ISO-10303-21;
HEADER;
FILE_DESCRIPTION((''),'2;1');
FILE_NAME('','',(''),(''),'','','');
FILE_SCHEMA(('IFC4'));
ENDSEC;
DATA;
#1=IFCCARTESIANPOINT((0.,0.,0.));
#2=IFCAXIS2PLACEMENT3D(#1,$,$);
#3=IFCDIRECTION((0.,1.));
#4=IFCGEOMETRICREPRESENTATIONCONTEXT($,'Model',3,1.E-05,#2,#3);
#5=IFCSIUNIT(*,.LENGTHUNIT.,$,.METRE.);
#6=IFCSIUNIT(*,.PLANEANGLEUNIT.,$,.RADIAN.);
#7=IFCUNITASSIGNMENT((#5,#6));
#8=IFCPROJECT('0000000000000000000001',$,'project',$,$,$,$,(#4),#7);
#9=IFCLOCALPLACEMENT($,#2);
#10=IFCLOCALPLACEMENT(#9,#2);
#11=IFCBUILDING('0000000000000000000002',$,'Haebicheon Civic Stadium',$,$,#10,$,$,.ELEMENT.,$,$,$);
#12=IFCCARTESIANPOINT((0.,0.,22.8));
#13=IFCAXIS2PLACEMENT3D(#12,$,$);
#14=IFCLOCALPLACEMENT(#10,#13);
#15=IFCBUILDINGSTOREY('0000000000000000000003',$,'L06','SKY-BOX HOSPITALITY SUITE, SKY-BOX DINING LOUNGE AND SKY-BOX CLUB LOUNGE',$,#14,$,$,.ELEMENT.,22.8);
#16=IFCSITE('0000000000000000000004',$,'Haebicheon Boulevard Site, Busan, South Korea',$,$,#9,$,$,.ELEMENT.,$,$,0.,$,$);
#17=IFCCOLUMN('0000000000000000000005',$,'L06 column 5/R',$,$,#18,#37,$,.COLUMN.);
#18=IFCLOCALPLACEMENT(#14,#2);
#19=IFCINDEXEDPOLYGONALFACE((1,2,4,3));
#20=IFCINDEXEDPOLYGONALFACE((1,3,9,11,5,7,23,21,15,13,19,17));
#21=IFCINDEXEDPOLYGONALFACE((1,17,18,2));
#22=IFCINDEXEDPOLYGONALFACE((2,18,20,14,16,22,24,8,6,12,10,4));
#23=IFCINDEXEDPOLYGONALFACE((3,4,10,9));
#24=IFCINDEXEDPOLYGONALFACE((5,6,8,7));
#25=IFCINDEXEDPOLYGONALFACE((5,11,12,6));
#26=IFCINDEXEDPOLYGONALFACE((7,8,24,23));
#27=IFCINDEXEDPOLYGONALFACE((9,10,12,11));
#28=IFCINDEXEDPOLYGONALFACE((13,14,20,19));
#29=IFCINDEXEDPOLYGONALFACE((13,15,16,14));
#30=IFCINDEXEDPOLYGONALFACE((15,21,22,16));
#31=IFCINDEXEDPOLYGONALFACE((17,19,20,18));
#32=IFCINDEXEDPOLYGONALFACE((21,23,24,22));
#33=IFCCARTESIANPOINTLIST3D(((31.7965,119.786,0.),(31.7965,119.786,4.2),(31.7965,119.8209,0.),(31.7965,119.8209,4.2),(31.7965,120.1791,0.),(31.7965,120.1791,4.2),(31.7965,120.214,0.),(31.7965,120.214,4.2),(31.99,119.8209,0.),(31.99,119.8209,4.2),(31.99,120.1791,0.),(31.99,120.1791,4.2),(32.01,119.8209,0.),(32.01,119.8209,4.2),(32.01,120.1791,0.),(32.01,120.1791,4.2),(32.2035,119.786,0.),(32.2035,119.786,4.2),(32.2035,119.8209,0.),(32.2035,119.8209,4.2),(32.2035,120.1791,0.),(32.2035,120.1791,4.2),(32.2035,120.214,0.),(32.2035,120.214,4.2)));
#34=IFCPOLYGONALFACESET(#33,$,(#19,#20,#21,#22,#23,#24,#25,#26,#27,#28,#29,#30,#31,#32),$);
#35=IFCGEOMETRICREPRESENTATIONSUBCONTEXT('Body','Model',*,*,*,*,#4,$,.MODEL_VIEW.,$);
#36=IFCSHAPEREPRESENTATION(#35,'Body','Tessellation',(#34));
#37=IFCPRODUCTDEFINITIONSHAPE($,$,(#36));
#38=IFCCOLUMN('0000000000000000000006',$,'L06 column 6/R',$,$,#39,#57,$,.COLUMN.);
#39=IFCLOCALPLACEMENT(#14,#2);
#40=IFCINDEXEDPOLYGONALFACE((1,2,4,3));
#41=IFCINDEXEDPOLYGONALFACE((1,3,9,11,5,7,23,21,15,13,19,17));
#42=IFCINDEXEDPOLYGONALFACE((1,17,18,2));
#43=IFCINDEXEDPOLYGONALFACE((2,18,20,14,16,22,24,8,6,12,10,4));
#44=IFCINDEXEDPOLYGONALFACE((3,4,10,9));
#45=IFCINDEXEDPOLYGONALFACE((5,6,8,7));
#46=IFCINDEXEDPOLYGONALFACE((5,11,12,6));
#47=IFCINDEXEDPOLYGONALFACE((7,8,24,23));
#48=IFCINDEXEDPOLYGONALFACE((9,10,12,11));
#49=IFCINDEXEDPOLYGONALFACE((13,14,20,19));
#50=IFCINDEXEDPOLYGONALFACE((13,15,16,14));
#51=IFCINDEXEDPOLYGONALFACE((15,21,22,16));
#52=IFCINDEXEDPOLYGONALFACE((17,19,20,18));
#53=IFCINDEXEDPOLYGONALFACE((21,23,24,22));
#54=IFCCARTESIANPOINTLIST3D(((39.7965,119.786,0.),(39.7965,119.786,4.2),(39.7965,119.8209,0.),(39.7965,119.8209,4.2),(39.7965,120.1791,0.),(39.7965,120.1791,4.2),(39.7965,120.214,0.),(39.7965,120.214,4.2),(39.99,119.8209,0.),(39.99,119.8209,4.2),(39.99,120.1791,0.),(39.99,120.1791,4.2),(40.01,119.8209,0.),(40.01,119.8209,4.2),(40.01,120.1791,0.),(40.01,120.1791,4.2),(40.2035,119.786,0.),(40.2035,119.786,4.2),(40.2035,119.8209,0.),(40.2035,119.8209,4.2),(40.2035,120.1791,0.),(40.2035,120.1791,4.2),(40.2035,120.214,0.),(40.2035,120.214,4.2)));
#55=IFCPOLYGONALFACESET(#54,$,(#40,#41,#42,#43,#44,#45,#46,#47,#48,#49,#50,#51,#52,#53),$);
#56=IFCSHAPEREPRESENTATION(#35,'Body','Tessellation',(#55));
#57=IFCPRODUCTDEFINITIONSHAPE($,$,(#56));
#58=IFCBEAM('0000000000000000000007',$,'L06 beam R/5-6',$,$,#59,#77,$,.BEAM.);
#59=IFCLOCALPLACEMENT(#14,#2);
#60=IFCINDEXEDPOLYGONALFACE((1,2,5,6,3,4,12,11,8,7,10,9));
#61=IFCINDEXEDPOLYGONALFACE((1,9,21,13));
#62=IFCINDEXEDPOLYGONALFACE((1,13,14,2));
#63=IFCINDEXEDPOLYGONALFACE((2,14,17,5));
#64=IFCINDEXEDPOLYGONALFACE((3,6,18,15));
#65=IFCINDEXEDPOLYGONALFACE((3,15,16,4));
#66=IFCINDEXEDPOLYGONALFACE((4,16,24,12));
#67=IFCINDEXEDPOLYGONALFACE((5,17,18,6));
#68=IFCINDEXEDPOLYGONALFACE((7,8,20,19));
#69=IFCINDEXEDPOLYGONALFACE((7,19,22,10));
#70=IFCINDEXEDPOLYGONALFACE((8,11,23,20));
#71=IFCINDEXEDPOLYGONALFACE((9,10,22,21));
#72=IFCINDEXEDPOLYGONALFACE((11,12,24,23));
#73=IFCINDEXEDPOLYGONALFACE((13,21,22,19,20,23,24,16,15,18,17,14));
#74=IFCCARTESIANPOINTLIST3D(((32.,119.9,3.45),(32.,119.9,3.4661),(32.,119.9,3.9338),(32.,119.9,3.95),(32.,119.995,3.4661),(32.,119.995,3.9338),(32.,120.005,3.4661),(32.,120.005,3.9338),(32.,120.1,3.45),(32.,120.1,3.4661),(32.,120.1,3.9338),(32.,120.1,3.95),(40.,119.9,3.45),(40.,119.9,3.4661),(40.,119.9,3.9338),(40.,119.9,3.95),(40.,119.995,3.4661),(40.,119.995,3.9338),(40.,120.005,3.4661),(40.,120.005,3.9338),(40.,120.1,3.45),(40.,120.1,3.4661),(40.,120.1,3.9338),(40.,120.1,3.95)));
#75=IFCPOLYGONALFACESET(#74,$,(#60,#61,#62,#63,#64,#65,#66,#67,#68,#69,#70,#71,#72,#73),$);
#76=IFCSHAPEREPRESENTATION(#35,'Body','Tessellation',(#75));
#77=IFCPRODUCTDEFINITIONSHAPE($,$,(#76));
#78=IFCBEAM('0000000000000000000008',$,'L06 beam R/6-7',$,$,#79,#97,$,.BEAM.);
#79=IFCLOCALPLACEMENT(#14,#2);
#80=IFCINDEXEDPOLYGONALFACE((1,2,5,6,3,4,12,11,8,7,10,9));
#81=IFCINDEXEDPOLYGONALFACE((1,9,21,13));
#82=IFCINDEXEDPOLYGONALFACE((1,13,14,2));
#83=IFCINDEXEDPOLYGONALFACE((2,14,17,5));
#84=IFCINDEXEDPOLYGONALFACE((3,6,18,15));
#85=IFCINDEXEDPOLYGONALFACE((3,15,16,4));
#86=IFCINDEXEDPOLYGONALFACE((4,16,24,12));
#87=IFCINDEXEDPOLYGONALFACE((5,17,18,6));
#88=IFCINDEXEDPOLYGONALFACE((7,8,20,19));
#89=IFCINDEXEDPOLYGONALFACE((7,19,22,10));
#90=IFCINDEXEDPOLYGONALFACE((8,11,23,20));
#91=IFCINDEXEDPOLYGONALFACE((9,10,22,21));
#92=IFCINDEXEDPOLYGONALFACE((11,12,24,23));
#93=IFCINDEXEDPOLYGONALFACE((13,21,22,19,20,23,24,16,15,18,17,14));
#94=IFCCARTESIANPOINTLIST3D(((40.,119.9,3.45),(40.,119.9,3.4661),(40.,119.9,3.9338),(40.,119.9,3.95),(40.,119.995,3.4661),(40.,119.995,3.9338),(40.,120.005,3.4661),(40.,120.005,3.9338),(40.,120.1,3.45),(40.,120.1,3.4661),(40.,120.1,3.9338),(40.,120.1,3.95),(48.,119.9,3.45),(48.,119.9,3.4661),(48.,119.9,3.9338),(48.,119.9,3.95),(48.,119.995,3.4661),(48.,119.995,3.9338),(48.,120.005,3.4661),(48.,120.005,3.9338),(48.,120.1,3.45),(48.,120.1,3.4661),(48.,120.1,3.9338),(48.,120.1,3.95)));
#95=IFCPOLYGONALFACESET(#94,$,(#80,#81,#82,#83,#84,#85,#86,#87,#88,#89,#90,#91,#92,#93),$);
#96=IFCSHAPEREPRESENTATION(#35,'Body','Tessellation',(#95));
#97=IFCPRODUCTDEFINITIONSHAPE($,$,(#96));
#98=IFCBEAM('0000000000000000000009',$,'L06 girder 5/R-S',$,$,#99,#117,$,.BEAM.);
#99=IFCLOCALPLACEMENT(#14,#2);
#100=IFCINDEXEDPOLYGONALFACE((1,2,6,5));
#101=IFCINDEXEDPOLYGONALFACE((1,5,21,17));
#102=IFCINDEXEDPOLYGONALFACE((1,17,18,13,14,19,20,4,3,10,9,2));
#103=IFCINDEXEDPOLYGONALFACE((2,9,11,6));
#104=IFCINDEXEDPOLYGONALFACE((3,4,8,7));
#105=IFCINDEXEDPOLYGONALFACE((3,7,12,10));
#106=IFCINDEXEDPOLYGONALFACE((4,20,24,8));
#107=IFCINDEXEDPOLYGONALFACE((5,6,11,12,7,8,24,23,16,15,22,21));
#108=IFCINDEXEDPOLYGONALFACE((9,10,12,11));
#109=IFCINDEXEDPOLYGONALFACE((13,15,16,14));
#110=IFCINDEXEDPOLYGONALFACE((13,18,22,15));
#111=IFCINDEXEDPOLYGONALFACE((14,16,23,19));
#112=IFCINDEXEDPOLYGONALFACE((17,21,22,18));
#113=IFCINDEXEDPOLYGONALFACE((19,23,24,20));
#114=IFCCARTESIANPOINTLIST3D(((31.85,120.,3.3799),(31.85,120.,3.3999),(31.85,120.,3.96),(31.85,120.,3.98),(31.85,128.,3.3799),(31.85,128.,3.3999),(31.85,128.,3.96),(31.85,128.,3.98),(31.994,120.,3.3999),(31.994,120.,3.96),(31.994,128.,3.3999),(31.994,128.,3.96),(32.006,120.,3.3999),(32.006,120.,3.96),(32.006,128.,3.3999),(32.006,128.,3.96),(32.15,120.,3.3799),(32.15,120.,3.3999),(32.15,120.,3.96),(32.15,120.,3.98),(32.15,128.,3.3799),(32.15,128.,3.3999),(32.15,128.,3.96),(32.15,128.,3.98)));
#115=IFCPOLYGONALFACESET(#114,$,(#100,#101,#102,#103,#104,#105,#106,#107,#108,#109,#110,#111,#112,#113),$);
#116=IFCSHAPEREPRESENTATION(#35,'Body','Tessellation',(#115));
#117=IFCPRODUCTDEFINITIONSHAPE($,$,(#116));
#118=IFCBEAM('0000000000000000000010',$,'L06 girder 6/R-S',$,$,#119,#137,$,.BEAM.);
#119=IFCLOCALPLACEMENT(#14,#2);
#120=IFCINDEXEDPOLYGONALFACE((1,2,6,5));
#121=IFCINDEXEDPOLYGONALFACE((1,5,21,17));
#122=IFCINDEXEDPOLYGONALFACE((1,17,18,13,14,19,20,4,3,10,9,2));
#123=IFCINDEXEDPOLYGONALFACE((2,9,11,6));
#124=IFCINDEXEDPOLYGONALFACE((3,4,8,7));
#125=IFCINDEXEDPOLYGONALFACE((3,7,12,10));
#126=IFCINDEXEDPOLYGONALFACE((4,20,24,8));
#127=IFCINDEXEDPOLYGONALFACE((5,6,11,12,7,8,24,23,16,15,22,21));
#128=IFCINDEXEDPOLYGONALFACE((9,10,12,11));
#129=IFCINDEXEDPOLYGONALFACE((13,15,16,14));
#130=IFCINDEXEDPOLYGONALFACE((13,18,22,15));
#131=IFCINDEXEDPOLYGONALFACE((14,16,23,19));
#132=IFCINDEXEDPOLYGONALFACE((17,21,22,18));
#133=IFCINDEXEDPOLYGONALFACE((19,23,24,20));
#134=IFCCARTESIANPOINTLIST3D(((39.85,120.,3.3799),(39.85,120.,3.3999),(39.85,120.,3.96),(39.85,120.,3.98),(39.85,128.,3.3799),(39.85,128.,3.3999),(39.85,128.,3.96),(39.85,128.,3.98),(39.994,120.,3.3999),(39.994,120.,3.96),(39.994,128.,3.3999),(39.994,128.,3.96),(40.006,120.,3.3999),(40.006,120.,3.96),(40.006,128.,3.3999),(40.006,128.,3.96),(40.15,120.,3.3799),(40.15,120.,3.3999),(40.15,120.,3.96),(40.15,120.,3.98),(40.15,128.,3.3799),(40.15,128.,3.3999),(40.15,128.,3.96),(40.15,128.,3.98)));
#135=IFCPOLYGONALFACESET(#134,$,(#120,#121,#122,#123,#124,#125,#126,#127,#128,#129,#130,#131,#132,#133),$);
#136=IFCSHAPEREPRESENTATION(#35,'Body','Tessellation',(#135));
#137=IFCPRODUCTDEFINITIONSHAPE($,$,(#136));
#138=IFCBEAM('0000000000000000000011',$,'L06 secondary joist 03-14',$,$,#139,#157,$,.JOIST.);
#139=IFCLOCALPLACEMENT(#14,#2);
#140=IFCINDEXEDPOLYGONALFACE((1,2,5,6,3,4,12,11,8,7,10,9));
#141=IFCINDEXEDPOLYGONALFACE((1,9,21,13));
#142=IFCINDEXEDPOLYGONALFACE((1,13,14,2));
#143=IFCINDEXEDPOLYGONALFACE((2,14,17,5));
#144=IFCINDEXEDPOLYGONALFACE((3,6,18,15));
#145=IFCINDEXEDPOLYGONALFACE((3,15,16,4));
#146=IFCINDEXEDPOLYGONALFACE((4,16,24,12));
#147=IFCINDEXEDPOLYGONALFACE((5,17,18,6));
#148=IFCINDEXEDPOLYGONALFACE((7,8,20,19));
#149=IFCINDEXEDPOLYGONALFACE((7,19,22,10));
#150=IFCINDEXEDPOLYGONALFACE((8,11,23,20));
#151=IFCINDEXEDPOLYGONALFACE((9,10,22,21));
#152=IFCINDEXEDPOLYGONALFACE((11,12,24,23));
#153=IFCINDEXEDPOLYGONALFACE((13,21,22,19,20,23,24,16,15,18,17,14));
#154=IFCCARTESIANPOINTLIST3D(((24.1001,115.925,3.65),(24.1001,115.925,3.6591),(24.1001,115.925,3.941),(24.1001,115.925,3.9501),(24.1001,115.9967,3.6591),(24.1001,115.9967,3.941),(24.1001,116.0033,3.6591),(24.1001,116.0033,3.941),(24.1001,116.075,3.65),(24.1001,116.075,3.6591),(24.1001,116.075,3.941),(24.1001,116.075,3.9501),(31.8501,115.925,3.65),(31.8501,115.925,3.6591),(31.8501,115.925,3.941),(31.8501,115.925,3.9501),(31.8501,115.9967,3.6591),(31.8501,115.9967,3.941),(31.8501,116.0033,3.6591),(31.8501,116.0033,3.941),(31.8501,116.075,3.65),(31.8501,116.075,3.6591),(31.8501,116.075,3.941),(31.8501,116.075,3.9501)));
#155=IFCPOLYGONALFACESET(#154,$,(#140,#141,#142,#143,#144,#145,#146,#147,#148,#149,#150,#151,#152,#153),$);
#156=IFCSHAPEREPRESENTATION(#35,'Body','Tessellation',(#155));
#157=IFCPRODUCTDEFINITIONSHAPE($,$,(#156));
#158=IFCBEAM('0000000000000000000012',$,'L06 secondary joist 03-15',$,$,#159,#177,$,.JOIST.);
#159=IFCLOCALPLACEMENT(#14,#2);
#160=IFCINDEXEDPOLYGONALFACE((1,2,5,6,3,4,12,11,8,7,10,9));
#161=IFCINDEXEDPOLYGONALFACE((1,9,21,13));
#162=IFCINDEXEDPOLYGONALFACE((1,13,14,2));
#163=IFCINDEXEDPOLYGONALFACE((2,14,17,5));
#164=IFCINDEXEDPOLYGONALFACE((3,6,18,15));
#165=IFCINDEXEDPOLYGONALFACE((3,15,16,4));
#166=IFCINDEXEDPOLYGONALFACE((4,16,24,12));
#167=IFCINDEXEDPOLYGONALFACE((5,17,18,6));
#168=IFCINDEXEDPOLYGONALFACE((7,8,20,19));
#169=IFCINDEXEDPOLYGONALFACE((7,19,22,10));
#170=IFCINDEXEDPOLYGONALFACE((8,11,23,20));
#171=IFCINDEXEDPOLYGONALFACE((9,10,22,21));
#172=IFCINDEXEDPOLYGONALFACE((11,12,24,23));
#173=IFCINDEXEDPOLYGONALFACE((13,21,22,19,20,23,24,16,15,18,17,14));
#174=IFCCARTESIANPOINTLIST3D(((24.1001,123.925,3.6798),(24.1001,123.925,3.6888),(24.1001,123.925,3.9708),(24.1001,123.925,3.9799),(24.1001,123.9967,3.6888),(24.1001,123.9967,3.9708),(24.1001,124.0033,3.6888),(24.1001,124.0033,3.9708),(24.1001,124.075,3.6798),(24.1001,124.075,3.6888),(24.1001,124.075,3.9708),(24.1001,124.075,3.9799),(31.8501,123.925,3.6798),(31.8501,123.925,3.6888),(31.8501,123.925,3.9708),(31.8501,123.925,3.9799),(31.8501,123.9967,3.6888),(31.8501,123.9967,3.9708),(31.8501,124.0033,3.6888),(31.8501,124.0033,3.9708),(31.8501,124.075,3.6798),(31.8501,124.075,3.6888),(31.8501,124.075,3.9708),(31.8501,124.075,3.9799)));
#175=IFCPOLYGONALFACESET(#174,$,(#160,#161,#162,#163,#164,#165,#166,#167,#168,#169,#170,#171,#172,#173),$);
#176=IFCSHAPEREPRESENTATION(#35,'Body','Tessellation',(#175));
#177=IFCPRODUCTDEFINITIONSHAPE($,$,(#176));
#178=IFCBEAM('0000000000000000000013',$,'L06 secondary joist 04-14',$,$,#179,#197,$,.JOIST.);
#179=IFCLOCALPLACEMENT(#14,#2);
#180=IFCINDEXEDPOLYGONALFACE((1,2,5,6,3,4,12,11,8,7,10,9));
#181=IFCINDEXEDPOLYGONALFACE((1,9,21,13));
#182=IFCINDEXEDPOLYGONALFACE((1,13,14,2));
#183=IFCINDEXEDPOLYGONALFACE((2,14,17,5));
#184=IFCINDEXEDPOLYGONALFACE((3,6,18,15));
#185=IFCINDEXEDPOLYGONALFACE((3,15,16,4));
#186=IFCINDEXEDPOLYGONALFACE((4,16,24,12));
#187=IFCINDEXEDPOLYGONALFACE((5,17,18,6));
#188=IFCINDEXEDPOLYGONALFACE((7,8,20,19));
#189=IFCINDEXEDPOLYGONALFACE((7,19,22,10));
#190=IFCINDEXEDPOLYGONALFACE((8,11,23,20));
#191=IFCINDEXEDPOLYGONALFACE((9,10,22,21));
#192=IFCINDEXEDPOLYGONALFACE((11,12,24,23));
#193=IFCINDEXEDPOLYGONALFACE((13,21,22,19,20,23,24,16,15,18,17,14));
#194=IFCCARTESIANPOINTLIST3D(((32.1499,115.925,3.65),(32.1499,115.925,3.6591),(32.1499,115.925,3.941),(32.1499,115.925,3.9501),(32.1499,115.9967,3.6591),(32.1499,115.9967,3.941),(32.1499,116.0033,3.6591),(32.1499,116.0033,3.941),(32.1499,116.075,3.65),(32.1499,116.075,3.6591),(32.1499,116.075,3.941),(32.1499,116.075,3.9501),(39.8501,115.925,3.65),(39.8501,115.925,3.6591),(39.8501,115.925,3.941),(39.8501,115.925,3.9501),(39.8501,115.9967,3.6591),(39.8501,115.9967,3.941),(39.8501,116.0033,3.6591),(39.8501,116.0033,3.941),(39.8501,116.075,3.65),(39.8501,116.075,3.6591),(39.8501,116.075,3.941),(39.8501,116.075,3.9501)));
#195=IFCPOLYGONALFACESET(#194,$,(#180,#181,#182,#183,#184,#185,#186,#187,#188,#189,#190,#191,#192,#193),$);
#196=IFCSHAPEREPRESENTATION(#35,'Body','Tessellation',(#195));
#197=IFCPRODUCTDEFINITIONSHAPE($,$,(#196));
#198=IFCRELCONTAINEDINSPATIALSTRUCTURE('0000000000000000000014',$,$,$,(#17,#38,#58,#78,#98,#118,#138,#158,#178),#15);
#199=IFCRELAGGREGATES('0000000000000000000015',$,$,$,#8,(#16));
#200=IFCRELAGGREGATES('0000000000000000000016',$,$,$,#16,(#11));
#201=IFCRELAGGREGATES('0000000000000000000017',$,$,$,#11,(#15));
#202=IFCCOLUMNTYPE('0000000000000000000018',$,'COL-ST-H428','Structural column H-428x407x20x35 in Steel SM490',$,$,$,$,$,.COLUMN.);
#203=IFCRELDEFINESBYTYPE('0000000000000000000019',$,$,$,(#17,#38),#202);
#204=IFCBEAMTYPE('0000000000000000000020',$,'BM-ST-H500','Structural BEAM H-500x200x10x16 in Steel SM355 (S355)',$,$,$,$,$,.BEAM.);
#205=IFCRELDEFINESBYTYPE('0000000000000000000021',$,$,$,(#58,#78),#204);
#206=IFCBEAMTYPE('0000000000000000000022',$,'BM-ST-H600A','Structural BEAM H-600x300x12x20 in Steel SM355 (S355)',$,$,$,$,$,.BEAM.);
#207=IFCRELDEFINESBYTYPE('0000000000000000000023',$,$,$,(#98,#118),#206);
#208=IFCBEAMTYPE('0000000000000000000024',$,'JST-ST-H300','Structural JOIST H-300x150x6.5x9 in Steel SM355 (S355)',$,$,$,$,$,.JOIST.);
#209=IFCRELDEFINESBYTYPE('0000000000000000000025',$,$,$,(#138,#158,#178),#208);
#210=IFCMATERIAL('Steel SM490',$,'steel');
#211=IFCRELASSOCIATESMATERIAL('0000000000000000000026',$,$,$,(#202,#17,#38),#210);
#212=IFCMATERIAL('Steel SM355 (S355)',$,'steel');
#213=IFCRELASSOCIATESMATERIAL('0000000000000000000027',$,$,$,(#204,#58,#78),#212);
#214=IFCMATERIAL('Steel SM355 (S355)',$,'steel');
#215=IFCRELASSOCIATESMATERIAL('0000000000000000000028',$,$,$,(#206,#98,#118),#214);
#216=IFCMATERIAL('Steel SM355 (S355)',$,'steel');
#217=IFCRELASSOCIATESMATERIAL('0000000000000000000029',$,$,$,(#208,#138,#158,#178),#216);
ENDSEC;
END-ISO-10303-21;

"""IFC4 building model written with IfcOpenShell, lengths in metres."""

from ifc_helpers import new_model, si_unit, direction, frame, origin, origin_2d, place, context, subcontext, project, spatial, i_section, extrude, material, material_profile, profile_set, type_object, element, save


model = new_model("IFC4")

# Units and contexts
model_context = context("Model", 3, precision=1e-05, world=origin(), true_north=direction((0.0, 1.0)))
body_context = subcontext(model_context, "Body", "Model", "MODEL_VIEW")
ifc_project = project(units=[si_unit("LENGTHUNIT", "METRE"), si_unit("PLANEANGLEUNIT", "RADIAN")], contexts=[model_context])

# Site, building, storey
site_placement = place(None, origin())
site = spatial("IfcSite", under=ifc_project, at=site_placement, Name="Haebicheon Boulevard Site, Busan, South Korea", CompositionType="ELEMENT", RefElevation=0.0)
building_placement = place(site_placement, origin())
building = spatial("IfcBuilding", under=site, at=building_placement, Name="Haebicheon Civic Stadium", CompositionType="ELEMENT")
storey_placement = place(building_placement, frame((0.0, 0.0, 22.8)))
storey = spatial("IfcBuildingStorey", under=building, at=storey_placement, Name="L06", Description="SKY-BOX HOSPITALITY SUITE, SKY-BOX DINING LOUNGE AND SKY-BOX CLUB LOUNGE", CompositionType="ELEMENT", Elevation=22.8)

# Columns
ifc_material_1 = material(Name="Steel SM490", Category="steel")
ifc_material_profile_1 = material_profile(ifc_material_1, i_section(OverallWidth=0.407, OverallDepth=0.428, WebThickness=0.02, FlangeThickness=0.0349, at=origin_2d()), Name="H-428x407x20x35")
ifc_profile_set_1 = profile_set([ifc_material_profile_1], Name="Steel SM490")
column_type = type_object("IfcColumnType", Name="COL-ST-H428", Description="Structural column H-428x407x20x35 in Steel SM490", PredefinedType="COLUMN", material=ifc_profile_set_1)
for number, where, z_axis, x_axis, name in (
    (1, (32.0, 120.0, 0.0), (0.0, 0.0, 1.0), (1.0, 0.0, 0.0), "L06 column 5/R"),
    (2, (40.0, 120.0, 0.0), (0.0, 0.0, 1.0), (1.0, 0.0, 0.0), "L06 column 6/R"),
):
    element("IfcColumn", number, at=place(storey_placement, frame(where, z_axis=z_axis, x_axis=x_axis)), inside=storey, type_object=column_type, material=ifc_profile_set_1, Name=name, PredefinedType="COLUMN", context=body_context, shape_type="SweptSolid", body=[
        extrude(i_section(OverallWidth=0.407, OverallDepth=0.428, WebThickness=0.02, FlangeThickness=0.0349, at=origin_2d()), origin(), (0.0, 0.0, 1.0), 4.2),
    ])

# Beams
ifc_material_2 = material(Name="Steel SM355 (S355)", Category="steel")
ifc_material_profile_2 = material_profile(ifc_material_2, i_section(OverallWidth=0.2, OverallDepth=0.5, WebThickness=0.01, FlangeThickness=0.0161, at=origin_2d()), Name="H-500x200x10x16")
ifc_profile_set_2 = profile_set([ifc_material_profile_2], Name="Steel SM355 (S355)")
beam_type_1 = type_object("IfcBeamType", Name="BM-ST-H500", Description="Structural BEAM H-500x200x10x16 in Steel SM355 (S355)", PredefinedType="BEAM", material=ifc_profile_set_2)
for number, where, z_axis, x_axis, name in (
    (3, (32.0, 120.0, 3.7), (1.0, 0.0, 0.0), (0.0, 1.0, 0.0), "L06 beam R/5-6"),
    (4, (40.0, 120.0, 3.7), (1.0, 0.0, 0.0), (0.0, 1.0, 0.0), "L06 beam R/6-7"),
):
    element("IfcBeam", number, at=place(storey_placement, frame(where, z_axis=z_axis, x_axis=x_axis)), inside=storey, type_object=beam_type_1, material=ifc_profile_set_2, Name=name, PredefinedType="BEAM", context=body_context, shape_type="SweptSolid", body=[
        extrude(i_section(OverallWidth=0.2, OverallDepth=0.5, WebThickness=0.01, FlangeThickness=0.0161, at=origin_2d()), origin(), (0.0, 0.0, 1.0), 8.0),
    ])
ifc_material_3 = material(Name="Steel SM355 (S355)", Category="steel")
ifc_material_profile_3 = material_profile(ifc_material_3, i_section(OverallWidth=0.3, OverallDepth=0.6001, WebThickness=0.012, FlangeThickness=0.02, at=origin_2d()), Name="H-600x300x12x20")
ifc_profile_set_3 = profile_set([ifc_material_profile_3], Name="Steel SM355 (S355)")
beam_type_2 = type_object("IfcBeamType", Name="BM-ST-H600A", Description="Structural BEAM H-600x300x12x20 in Steel SM355 (S355)", PredefinedType="BEAM", material=ifc_profile_set_3)
for number, where, z_axis, x_axis, name in (
    (5, (32.0, 120.0, 3.6799), (0.0, 1.0, 0.0), (-1.0, 0.0, 0.0), "L06 girder 5/R-S"),
    (6, (40.0, 120.0, 3.6799), (0.0, 1.0, 0.0), (-1.0, 0.0, 0.0), "L06 girder 6/R-S"),
):
    element("IfcBeam", number, at=place(storey_placement, frame(where, z_axis=z_axis, x_axis=x_axis)), inside=storey, type_object=beam_type_2, material=ifc_profile_set_3, Name=name, PredefinedType="BEAM", context=body_context, shape_type="SweptSolid", body=[
        extrude(i_section(OverallWidth=0.3, OverallDepth=0.6001, WebThickness=0.012, FlangeThickness=0.02, at=origin_2d()), origin(), (0.0, 0.0, 1.0), 8.0),
    ])
ifc_material_4 = material(Name="Steel SM355 (S355)", Category="steel")
ifc_material_profile_4 = material_profile(ifc_material_4, i_section(OverallWidth=0.1499, OverallDepth=0.3, WebThickness=0.0066, FlangeThickness=0.009, at=origin_2d()), Name="H-300x150x6.5x9")
ifc_profile_set_4 = profile_set([ifc_material_profile_4], Name="Steel SM355 (S355)")
beam_type_3 = type_object("IfcBeamType", Name="JST-ST-H300", Description="Structural JOIST H-300x150x6.5x9 in Steel SM355 (S355)", PredefinedType="JOIST", material=ifc_profile_set_4)
for number, where, z_axis, x_axis, name in (
    (7, (24.1001, 116.0, 3.8), (1.0, 0.0, 0.0), (0.0, 1.0, 0.0), "L06 secondary joist 03-14"),
    (8, (24.1001, 124.0, 3.8298), (1.0, 0.0, 0.0), (0.0, 1.0, 0.0), "L06 secondary joist 03-15"),
):
    element("IfcBeam", number, at=place(storey_placement, frame(where, z_axis=z_axis, x_axis=x_axis)), inside=storey, type_object=beam_type_3, material=ifc_profile_set_4, Name=name, PredefinedType="JOIST", context=body_context, shape_type="SweptSolid", body=[
        extrude(i_section(OverallWidth=0.1499, OverallDepth=0.3, WebThickness=0.0066, FlangeThickness=0.009, at=origin_2d()), origin(), (0.0, 0.0, 1.0), 7.75),
    ])
for number, where, z_axis, x_axis, name in (
    (9, (32.1499, 116.0, 3.8), (1.0, 0.0, 0.0), (0.0, 1.0, 0.0), "L06 secondary joist 04-14"),
):
    element("IfcBeam", number, at=place(storey_placement, frame(where, z_axis=z_axis, x_axis=x_axis)), inside=storey, type_object=beam_type_3, material=ifc_profile_set_4, Name=name, PredefinedType="JOIST", context=body_context, shape_type="SweptSolid", body=[
        extrude(i_section(OverallWidth=0.1499, OverallDepth=0.3, WebThickness=0.0066, FlangeThickness=0.009, at=origin_2d()), origin(), (0.0, 0.0, 1.0), 7.7002),
    ])

save(model, "model.ifc")
